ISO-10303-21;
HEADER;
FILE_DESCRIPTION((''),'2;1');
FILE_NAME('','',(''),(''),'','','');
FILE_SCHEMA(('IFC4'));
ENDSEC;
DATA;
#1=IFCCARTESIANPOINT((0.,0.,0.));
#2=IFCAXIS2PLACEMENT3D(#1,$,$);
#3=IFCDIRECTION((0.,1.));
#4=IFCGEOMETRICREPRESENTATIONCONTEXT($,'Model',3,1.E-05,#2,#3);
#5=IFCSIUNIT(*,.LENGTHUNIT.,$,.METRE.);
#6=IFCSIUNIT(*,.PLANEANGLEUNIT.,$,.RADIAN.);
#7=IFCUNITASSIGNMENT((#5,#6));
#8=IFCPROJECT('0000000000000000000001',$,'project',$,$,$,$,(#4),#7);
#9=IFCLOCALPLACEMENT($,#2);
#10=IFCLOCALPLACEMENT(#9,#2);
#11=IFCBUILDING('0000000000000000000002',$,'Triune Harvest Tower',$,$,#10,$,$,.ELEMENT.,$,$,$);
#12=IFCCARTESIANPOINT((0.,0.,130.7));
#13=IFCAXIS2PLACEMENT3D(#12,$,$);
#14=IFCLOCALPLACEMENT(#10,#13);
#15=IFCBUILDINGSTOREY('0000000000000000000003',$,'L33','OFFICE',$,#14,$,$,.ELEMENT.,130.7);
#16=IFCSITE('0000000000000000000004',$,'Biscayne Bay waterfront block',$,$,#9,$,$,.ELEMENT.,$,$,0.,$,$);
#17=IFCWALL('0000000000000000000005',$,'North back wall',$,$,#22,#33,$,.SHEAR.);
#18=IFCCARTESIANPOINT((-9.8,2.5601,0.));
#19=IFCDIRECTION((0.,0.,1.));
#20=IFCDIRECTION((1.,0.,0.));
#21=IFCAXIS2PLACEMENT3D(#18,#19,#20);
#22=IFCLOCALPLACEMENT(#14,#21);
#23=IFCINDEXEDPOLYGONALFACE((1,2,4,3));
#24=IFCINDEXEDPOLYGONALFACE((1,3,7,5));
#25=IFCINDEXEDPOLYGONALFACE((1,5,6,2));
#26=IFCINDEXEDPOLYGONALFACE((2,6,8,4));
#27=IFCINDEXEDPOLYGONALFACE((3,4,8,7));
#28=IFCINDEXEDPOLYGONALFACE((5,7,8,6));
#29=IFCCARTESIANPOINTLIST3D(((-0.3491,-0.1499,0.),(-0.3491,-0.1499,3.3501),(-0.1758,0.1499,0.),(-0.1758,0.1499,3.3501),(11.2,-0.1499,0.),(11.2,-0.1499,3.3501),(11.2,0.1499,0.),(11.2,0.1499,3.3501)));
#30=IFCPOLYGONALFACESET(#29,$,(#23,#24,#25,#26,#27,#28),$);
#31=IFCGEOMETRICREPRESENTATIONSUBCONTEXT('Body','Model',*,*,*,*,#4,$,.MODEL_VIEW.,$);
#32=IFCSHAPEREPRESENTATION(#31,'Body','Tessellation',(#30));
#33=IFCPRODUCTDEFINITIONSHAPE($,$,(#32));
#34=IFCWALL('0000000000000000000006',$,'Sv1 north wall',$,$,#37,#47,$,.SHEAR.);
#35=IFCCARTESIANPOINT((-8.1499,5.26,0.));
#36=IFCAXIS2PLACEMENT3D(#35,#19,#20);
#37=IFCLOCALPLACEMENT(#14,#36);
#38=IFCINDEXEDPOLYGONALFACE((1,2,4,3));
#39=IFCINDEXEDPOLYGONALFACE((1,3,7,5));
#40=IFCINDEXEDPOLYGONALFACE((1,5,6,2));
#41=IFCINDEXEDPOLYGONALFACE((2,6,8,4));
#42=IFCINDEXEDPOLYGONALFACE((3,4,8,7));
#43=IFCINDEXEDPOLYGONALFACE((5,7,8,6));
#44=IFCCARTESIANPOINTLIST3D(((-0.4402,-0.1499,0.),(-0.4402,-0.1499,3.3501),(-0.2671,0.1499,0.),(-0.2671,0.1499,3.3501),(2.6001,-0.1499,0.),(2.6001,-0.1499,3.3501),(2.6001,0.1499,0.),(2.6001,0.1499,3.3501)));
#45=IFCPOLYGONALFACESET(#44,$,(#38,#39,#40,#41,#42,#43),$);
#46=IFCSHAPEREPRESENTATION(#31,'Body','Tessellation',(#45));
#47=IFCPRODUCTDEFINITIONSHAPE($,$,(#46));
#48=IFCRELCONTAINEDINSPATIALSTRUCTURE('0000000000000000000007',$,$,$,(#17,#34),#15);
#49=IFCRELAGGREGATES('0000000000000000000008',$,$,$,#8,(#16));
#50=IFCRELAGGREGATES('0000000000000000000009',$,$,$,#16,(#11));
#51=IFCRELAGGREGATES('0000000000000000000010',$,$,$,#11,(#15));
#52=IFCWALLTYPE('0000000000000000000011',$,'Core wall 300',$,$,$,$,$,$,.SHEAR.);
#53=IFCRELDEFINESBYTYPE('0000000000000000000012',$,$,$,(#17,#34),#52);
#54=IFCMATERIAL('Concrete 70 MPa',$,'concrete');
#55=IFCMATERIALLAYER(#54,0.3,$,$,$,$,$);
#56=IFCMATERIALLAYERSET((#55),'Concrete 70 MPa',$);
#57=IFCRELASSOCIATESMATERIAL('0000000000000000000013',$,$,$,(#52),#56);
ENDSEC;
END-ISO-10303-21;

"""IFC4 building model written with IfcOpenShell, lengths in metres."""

from ifc_helpers import new_model, si_unit, direction, frame, origin, place, context, subcontext, project, spatial, polyline, outline, extrude, source, transform, mapped, material, layer, layer_set, type_object, element, save


model = new_model("IFC4")

# Units and contexts
model_context = context("Model", 3, precision=1e-05, world=origin(), true_north=direction((0.0, 1.0)))
body_context = subcontext(model_context, "Body", "Model", "MODEL_VIEW")
ifc_project = project(units=[si_unit("LENGTHUNIT", "METRE"), si_unit("PLANEANGLEUNIT", "RADIAN")], contexts=[model_context])

# Site, building, storey
site_placement = place(None, origin())
site = spatial("IfcSite", under=ifc_project, at=site_placement, Name="Biscayne Bay waterfront block", CompositionType="ELEMENT", RefElevation=0.0)
building_placement = place(site_placement, origin())
building = spatial("IfcBuilding", under=site, at=building_placement, Name="Triune Harvest Tower", CompositionType="ELEMENT")
storey_placement = place(building_placement, frame((0.0, 0.0, 130.7)))
storey = spatial("IfcBuildingStorey", under=building, at=storey_placement, Name="L33", Description="OFFICE", CompositionType="ELEMENT", Elevation=130.7)

# Wall
ifc_material_1 = material(Name="Concrete 70 MPa", Category="concrete")
ifc_layer_1 = layer(ifc_material_1, 0.3)
ifc_layer_set_1 = layer_set([ifc_layer_1], Name="Concrete 70 MPa")
wall_type = type_object("IfcWallType", Name="Core wall 300", PredefinedType="SHEAR", material=ifc_layer_set_1)
shared_shape_1 = source(origin(), body_context, "Body", "SweptSolid", [
    extrude(outline(polyline([(11.2, -0.1499), (-0.3491, -0.1499), (-0.1758, 0.1499), (11.2, 0.1499), (11.2, -0.1499)])), origin(), (0.0, 0.0, 1.0), 3.3501),
])
wall_1_placement = place(storey_placement, frame((-9.8, 2.5601, 0.0), z_axis=(0.0, 0.0, 1.0), x_axis=(1.0, 0.0, 0.0)))
element("IfcWall", 1, at=wall_1_placement, inside=storey, type_object=wall_type, Name="North back wall", PredefinedType="SHEAR", context=body_context, shape_type="MappedRepresentation", body=[
    mapped(shared_shape_1, transform((0.0, 0.0, 0.0), scale=1.0)),
])

# Wall
shared_shape_2 = source(origin(), body_context, "Body", "SweptSolid", [
    extrude(outline(polyline([(2.6001, -0.1499), (-0.4402, -0.1499), (-0.2671, 0.1499), (2.6001, 0.1499), (2.6001, -0.1499)])), origin(), (0.0, 0.0, 1.0), 3.3501),
])
wall_2_placement = place(storey_placement, frame((-8.1499, 5.26, 0.0), z_axis=(0.0, 0.0, 1.0), x_axis=(1.0, 0.0, 0.0)))
element("IfcWall", 2, at=wall_2_placement, inside=storey, type_object=wall_type, Name="Sv1 north wall", PredefinedType="SHEAR", context=body_context, shape_type="MappedRepresentation", body=[
    mapped(shared_shape_2, transform((0.0, 0.0, 0.0), scale=1.0)),
])

save(model, "model.ifc")
